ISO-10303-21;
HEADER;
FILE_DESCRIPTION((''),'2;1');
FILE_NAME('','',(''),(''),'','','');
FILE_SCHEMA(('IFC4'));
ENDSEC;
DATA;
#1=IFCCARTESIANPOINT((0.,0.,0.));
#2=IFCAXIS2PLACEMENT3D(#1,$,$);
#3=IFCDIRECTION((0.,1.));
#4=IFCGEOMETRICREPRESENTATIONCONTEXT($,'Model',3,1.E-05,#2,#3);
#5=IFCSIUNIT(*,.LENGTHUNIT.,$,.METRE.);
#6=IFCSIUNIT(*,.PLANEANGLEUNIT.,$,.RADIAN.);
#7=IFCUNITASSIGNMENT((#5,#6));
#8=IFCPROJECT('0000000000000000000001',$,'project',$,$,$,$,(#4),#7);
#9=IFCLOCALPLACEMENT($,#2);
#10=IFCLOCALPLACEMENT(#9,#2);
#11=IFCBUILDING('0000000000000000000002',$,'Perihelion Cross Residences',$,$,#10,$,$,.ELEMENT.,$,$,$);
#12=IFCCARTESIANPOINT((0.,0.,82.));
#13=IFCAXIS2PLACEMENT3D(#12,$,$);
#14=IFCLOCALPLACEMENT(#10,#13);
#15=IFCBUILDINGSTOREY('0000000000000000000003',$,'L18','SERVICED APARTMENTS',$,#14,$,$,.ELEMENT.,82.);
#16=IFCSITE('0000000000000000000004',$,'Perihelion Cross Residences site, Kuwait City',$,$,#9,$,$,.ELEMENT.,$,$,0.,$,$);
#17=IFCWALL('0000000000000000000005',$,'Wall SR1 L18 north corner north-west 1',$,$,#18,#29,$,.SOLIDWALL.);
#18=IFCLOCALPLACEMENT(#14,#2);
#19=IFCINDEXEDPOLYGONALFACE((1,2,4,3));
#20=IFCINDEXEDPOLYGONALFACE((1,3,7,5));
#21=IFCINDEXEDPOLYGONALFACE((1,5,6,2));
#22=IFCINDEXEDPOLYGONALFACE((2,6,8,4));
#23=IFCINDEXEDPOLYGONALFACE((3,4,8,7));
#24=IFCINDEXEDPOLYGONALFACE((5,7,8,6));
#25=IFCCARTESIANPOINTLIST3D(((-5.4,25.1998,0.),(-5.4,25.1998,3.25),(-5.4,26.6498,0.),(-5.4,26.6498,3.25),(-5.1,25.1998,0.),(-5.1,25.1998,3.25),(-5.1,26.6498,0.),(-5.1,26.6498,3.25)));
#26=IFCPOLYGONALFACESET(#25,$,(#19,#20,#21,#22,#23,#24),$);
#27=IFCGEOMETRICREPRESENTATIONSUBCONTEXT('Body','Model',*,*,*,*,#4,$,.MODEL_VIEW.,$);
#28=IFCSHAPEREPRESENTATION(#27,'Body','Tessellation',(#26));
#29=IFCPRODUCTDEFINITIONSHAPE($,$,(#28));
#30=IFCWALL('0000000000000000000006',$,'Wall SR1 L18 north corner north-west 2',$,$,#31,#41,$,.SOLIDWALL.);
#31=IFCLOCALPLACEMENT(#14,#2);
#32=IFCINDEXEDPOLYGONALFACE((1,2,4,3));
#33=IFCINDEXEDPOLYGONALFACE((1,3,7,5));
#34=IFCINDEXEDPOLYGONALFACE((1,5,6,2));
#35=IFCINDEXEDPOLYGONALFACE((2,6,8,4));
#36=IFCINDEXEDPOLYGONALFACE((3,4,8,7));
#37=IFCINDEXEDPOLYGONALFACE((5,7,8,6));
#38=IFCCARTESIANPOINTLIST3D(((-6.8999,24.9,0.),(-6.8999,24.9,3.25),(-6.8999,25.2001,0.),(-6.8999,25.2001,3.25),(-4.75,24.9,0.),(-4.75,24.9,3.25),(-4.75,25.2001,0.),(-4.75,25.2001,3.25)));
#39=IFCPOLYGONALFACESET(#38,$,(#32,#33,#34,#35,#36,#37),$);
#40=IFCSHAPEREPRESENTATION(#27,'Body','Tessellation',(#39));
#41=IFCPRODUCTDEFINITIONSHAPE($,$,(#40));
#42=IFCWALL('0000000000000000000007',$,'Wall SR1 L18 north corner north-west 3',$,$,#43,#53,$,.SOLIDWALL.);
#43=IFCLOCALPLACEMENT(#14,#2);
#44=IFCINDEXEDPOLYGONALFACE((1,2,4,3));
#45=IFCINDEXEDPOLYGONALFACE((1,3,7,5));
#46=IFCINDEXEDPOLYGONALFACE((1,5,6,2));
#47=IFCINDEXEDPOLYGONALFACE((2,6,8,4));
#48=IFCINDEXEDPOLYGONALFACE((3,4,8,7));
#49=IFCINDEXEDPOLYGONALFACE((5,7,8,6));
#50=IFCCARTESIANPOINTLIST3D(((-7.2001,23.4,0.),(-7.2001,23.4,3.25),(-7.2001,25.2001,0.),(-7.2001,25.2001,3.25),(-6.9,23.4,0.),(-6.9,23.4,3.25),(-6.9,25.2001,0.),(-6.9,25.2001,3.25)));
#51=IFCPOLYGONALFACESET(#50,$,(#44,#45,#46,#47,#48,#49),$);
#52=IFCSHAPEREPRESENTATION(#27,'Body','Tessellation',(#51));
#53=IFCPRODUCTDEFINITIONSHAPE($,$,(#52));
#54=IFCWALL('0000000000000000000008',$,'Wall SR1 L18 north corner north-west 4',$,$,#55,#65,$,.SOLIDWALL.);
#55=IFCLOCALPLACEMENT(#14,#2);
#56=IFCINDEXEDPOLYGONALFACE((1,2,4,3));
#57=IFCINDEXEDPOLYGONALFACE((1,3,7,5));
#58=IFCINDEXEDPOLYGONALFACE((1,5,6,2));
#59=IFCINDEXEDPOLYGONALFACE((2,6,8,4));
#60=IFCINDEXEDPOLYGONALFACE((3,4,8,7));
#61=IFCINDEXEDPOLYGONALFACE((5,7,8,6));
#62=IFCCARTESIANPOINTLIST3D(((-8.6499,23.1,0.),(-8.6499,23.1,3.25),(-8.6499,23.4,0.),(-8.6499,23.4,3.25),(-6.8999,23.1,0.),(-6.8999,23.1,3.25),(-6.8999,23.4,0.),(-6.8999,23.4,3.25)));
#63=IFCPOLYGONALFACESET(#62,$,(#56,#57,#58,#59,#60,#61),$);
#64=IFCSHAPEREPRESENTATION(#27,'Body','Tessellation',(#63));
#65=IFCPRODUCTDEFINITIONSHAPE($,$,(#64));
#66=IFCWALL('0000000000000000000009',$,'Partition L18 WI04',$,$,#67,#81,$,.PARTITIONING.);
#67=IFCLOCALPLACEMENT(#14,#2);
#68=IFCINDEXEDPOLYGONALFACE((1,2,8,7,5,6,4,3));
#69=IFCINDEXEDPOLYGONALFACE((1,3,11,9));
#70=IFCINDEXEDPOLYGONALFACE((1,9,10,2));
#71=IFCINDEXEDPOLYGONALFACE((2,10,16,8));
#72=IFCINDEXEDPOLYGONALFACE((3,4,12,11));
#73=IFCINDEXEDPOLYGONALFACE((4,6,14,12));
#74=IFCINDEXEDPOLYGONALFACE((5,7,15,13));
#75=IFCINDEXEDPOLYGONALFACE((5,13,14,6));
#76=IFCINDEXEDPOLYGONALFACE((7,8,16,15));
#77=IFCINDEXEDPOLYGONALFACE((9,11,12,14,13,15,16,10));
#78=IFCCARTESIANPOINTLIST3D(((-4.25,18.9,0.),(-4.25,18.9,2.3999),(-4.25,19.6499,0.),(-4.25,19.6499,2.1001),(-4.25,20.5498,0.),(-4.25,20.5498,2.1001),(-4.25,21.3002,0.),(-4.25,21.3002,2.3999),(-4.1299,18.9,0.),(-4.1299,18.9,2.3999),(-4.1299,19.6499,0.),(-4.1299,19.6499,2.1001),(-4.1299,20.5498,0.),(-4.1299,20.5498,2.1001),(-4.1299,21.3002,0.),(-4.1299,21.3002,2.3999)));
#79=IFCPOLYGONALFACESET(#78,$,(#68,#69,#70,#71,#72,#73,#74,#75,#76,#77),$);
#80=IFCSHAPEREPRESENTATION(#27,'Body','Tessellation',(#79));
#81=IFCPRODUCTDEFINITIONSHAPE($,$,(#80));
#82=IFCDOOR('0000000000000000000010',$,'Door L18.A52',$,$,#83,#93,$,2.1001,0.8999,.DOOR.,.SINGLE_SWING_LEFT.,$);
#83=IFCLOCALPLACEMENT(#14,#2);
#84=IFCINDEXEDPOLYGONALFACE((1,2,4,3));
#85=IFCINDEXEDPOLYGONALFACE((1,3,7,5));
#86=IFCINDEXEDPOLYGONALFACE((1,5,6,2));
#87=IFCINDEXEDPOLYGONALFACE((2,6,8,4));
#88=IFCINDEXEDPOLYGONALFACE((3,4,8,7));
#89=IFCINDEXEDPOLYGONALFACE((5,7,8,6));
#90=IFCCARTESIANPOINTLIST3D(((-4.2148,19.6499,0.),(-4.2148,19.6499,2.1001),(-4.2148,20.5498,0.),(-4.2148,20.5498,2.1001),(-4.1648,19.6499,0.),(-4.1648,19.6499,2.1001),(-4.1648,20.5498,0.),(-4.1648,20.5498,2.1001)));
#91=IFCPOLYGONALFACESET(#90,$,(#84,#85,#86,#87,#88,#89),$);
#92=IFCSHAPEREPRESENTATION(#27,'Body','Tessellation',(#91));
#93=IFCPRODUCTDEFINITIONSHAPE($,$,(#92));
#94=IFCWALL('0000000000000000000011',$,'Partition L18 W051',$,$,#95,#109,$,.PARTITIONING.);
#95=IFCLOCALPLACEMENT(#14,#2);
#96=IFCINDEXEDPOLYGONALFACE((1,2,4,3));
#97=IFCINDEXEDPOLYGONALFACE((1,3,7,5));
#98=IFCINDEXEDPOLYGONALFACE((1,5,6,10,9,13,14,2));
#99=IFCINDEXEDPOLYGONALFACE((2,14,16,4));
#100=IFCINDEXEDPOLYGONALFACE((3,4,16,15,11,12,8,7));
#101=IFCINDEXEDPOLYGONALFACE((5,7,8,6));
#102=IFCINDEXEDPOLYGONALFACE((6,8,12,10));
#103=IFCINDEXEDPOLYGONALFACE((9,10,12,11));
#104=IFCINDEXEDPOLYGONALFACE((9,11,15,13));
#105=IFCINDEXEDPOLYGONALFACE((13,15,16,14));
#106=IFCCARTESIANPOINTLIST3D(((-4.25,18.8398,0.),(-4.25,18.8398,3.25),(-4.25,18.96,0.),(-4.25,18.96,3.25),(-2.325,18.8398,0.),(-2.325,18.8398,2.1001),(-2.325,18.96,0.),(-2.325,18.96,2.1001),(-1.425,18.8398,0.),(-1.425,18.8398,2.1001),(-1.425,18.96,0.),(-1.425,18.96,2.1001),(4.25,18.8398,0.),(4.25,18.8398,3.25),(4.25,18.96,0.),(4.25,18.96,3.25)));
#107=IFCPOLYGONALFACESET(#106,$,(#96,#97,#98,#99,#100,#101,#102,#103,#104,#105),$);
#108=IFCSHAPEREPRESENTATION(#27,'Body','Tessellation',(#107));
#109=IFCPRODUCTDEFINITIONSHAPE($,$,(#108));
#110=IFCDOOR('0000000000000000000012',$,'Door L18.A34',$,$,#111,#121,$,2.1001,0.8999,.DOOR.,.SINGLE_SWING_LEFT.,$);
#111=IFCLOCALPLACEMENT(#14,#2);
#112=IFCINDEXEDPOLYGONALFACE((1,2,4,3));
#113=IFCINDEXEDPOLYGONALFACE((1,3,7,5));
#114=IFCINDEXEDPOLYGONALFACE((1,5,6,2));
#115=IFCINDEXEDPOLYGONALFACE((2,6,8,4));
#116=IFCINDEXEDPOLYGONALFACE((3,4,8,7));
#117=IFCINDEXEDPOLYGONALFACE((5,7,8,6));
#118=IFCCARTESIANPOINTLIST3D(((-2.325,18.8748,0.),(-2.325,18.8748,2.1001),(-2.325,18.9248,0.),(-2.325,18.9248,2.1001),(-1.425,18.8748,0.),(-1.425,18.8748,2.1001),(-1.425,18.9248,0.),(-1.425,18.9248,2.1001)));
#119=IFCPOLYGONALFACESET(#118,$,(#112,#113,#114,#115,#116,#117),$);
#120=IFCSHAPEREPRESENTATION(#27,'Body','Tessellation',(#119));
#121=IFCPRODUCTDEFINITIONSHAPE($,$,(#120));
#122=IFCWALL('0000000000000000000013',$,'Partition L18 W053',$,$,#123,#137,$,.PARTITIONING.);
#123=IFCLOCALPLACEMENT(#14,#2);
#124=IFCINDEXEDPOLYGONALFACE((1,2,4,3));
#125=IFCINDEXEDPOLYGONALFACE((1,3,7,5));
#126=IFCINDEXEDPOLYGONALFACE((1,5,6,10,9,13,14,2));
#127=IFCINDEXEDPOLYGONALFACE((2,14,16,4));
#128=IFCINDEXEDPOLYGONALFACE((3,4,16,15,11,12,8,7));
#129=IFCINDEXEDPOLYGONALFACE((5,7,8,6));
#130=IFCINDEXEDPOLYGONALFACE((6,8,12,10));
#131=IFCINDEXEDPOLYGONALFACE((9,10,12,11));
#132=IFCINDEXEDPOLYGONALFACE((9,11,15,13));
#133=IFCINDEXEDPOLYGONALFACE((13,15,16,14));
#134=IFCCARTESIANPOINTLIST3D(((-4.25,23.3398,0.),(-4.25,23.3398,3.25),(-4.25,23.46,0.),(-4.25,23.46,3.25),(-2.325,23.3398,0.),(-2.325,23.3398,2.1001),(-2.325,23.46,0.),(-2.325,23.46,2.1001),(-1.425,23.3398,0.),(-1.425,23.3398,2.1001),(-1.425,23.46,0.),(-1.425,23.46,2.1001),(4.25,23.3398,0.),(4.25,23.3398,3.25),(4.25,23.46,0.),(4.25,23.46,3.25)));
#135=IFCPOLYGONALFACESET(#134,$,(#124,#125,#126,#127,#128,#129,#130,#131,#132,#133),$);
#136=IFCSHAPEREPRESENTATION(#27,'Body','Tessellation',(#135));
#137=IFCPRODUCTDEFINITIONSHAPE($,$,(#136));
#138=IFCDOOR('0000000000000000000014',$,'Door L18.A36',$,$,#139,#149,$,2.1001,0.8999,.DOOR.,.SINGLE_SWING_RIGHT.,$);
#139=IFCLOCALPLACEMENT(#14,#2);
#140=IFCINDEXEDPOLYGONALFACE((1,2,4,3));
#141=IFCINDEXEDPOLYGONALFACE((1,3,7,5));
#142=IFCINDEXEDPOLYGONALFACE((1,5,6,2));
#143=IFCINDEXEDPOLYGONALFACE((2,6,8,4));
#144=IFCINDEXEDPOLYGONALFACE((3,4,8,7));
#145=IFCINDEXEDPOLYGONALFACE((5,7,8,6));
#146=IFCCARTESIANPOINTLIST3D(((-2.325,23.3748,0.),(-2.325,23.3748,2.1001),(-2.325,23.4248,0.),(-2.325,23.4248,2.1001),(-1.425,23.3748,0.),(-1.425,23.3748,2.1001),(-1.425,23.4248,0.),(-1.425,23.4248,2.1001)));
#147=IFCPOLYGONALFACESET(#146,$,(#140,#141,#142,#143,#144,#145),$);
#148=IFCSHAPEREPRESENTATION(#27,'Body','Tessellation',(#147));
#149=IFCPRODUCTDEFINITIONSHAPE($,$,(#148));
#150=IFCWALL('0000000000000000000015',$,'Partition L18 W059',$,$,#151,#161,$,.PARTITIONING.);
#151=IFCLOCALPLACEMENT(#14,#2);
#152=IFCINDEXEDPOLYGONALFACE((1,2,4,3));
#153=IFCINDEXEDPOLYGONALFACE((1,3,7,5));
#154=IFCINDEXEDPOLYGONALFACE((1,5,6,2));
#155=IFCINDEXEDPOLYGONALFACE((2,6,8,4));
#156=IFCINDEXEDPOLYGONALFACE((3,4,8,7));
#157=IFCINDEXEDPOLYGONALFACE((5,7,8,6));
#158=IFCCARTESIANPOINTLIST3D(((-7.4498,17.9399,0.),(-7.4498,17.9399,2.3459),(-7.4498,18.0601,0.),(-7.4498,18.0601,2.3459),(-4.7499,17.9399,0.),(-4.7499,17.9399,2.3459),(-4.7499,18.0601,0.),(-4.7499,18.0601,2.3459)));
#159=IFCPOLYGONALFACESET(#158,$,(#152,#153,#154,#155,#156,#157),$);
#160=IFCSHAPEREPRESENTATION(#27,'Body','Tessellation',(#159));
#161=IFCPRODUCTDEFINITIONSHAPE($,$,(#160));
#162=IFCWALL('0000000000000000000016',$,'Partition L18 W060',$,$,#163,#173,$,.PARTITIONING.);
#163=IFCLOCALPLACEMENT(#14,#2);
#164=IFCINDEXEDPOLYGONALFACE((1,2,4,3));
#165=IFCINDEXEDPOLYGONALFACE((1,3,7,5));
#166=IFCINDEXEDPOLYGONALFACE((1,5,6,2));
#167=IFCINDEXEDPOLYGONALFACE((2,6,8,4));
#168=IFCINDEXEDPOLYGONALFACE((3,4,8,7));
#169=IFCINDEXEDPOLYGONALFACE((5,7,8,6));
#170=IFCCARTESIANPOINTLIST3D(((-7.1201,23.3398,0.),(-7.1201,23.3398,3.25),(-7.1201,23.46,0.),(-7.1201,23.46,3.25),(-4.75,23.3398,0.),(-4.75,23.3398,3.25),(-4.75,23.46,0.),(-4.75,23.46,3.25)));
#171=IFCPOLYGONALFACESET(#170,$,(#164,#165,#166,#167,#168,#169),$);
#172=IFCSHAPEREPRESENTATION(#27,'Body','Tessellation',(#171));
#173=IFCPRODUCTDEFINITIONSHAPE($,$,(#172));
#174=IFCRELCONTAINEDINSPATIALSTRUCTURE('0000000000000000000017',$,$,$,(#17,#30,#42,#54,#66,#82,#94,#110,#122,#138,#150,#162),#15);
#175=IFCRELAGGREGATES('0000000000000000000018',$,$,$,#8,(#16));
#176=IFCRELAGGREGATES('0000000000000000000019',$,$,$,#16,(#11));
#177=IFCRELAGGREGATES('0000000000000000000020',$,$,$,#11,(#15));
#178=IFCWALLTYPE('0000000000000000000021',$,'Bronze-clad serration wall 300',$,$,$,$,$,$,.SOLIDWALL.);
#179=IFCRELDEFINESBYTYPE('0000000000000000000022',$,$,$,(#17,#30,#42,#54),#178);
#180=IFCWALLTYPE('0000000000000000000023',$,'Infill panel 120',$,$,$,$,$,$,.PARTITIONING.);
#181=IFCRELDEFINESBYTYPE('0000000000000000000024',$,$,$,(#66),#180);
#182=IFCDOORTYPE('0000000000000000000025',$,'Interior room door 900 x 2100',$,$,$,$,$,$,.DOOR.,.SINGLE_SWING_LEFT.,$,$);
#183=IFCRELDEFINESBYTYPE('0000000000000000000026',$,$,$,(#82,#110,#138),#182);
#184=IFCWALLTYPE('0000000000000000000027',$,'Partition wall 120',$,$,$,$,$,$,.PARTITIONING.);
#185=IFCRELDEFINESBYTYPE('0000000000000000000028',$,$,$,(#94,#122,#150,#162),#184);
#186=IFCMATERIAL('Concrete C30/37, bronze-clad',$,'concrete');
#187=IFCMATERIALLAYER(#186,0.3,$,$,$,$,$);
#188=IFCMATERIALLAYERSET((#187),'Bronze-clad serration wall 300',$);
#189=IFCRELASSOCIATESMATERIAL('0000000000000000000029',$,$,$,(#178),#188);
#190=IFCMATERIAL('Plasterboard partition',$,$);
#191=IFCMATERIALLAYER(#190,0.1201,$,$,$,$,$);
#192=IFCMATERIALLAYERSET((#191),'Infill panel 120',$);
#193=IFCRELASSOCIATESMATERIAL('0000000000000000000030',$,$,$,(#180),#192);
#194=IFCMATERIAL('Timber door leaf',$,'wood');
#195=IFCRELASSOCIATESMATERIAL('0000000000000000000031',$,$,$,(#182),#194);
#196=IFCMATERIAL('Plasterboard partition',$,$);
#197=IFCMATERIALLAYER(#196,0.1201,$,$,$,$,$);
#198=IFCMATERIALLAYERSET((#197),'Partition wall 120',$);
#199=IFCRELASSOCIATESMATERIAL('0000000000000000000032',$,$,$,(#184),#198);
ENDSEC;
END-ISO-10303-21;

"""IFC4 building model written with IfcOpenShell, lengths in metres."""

from ifc_helpers import new_model, si_unit, direction, frame, frame_2d, origin, place, context, subcontext, project, spatial, rectangle, extrude, material, layer, layer_set, type_object, element, fill, save


model = new_model("IFC4")

# Units and contexts
model_context = context("Model", 3, precision=1e-05, world=origin(), true_north=direction((0.0, 1.0)))
body_context = subcontext(model_context, "Body", "Model", "MODEL_VIEW")
ifc_project = project(units=[si_unit("LENGTHUNIT", "METRE"), si_unit("PLANEANGLEUNIT", "RADIAN")], contexts=[model_context])

# Site, building, storey
site_placement = place(None, origin())
site = spatial("IfcSite", under=ifc_project, at=site_placement, Name="Perihelion Cross Residences site, Kuwait City", CompositionType="ELEMENT", RefElevation=0.0)
building_placement = place(site_placement, origin())
building = spatial("IfcBuilding", under=site, at=building_placement, Name="Perihelion Cross Residences", CompositionType="ELEMENT")
storey_placement = place(building_placement, frame((0.0, 0.0, 82.0)))
storey = spatial("IfcBuildingStorey", under=building, at=storey_placement, Name="L18", Description="SERVICED APARTMENTS", CompositionType="ELEMENT", Elevation=82.0)

# Walls
ifc_material_1 = material(Name="Concrete C30/37, bronze-clad", Category="concrete")
ifc_layer_1 = layer(ifc_material_1, 0.3)
ifc_layer_set_1 = layer_set([ifc_layer_1], Name="Bronze-clad serration wall 300")
wall_type_1 = type_object("IfcWallType", Name="Bronze-clad serration wall 300", PredefinedType="SOLIDWALL", material=ifc_layer_set_1)
wall_1_placement = place(storey_placement, frame((-5.25, 26.6499, 0.0), z_axis=(0.0, 0.0, 1.0), x_axis=(0.0, -1.0, 0.0)))
element("IfcWall", 1, at=wall_1_placement, inside=storey, type_object=wall_type_1, Name="Wall SR1 L18 north corner north-west 1", PredefinedType="SOLIDWALL", context=body_context, shape_type="SweptSolid", body=[
    extrude(rectangle(XDim=1.45, YDim=0.3, at=frame_2d((0.7251, 0.0))), origin(), (0.0, 0.0, 1.0), 3.25),
])
wall_2_placement = place(storey_placement, frame((-4.75, 25.05, 0.0), z_axis=(0.0, 0.0, 1.0), x_axis=(-1.0, 0.0, 0.0)))
element("IfcWall", 2, at=wall_2_placement, inside=storey, type_object=wall_type_1, Name="Wall SR1 L18 north corner north-west 2", PredefinedType="SOLIDWALL", context=body_context, shape_type="SweptSolid", body=[
    extrude(rectangle(XDim=2.1499, YDim=0.3, at=frame_2d((1.075, 0.0))), origin(), (0.0, 0.0, 1.0), 3.25),
])
wall_3_placement = place(storey_placement, frame((-7.05, 25.2, 0.0), z_axis=(0.0, 0.0, 1.0), x_axis=(0.0, -1.0, 0.0)))
element("IfcWall", 3, at=wall_3_placement, inside=storey, type_object=wall_type_1, Name="Wall SR1 L18 north corner north-west 3", PredefinedType="SOLIDWALL", context=body_context, shape_type="SweptSolid", body=[
    extrude(rectangle(XDim=1.8, YDim=0.3, at=frame_2d((0.8999, 0.0))), origin(), (0.0, 0.0, 1.0), 3.25),
])
wall_4_placement = place(storey_placement, frame((-6.8999, 23.25, 0.0), z_axis=(0.0, 0.0, 1.0), x_axis=(-1.0, 0.0, 0.0)))
element("IfcWall", 4, at=wall_4_placement, inside=storey, type_object=wall_type_1, Name="Wall SR1 L18 north corner north-west 4", PredefinedType="SOLIDWALL", context=body_context, shape_type="SweptSolid", body=[
    extrude(rectangle(XDim=1.75, YDim=0.3, at=frame_2d((0.875, 0.0))), origin(), (0.0, 0.0, 1.0), 3.25),
])

# Walls, openings, doors
ifc_material_2 = material(Name="Plasterboard partition")
ifc_layer_2 = layer(ifc_material_2, 0.1201)
ifc_layer_set_2 = layer_set([ifc_layer_2], Name="Infill panel 120")
wall_type_2 = type_object("IfcWallType", Name="Infill panel 120", PredefinedType="PARTITIONING", material=ifc_layer_set_2)
wall_5_placement = place(storey_placement, frame((-4.1899, 18.8999, 0.0), z_axis=(0.0, 0.0, 1.0), x_axis=(0.0, 1.0, 0.0)))
wall_5 = element("IfcWall", 5, at=wall_5_placement, inside=storey, type_object=wall_type_2, Name="Partition L18 WI04", PredefinedType="PARTITIONING", context=body_context, shape_type="SweptSolid", body=[
    extrude(rectangle(XDim=2.4001, YDim=0.1201, at=frame_2d((1.2002, 0.0))), origin(), (0.0, 0.0, 1.0), 2.3999),
])
opening_1_placement = place(wall_5_placement, frame((0.75, 0.0, 0.0)))
opening_1 = element("IfcOpeningElement", 6, at=opening_1_placement, cuts=wall_5, PredefinedType="OPENING", context=body_context, shape_type="SweptSolid", body=[
    extrude(rectangle(XDim=0.8999, YDim=2.1001, at=frame_2d((0.45, 1.05))), frame((0.0, 0.0701, 0.0), z_axis=(0.0, -1.0, 0.0), x_axis=(1.0, 0.0, 0.0)), (0.0, 0.0, 1.0), 0.1401),
])
ifc_material_3 = material(Name="Timber door leaf", Category="wood")
door_type_1 = type_object("IfcDoorType", Name="Interior room door 900 x 2100", OperationType="SINGLE_SWING_LEFT", PredefinedType="DOOR", material=ifc_material_3)
door_1_placement = place(opening_1_placement, origin())
door_1 = element("IfcDoor", 7, at=door_1_placement, inside=storey, type_object=door_type_1, Name="Door L18.A52", OperationType="SINGLE_SWING_LEFT", OverallHeight=2.1001, OverallWidth=0.8999, PredefinedType="DOOR", context=body_context, shape_type="SweptSolid", body=[
    extrude(rectangle(XDim=0.8999, YDim=2.1001, at=frame_2d((0.45, 1.05))), frame((0.0, 0.0249, 0.0), z_axis=(0.0, -1.0, 0.0), x_axis=(1.0, 0.0, 0.0)), (0.0, 0.0, 1.0), 0.05),
])
fill(opening_1, door_1)
ifc_material_4 = material(Name="Plasterboard partition")
ifc_layer_3 = layer(ifc_material_4, 0.1201)
ifc_layer_set_3 = layer_set([ifc_layer_3], Name="Partition wall 120")
wall_type_3 = type_object("IfcWallType", Name="Partition wall 120", PredefinedType="PARTITIONING", material=ifc_layer_set_3)
wall_6_placement = place(storey_placement, frame((-4.25, 18.8999, 0.0), z_axis=(0.0, 0.0, 1.0), x_axis=(1.0, 0.0, 0.0)))
wall_6 = element("IfcWall", 8, at=wall_6_placement, inside=storey, type_object=wall_type_3, Name="Partition L18 W051", PredefinedType="PARTITIONING", context=body_context, shape_type="SweptSolid", body=[
    extrude(rectangle(XDim=8.5, YDim=0.1201, at=frame_2d((4.25, 0.0))), origin(), (0.0, 0.0, 1.0), 3.25),
])
opening_2_placement = place(wall_6_placement, frame((1.925, 0.0, 0.0)))
opening_2 = element("IfcOpeningElement", 9, at=opening_2_placement, cuts=wall_6, PredefinedType="OPENING", context=body_context, shape_type="SweptSolid", body=[
    extrude(rectangle(XDim=0.8999, YDim=2.1001, at=frame_2d((0.45, 1.05))), frame((0.0, 0.0701, 0.0), z_axis=(0.0, -1.0, 0.0), x_axis=(1.0, 0.0, 0.0)), (0.0, 0.0, 1.0), 0.1401),
])
door_2_placement = place(opening_2_placement, origin())
door_2 = element("IfcDoor", 10, at=door_2_placement, inside=storey, type_object=door_type_1, Name="Door L18.A34", OperationType="SINGLE_SWING_LEFT", OverallHeight=2.1001, OverallWidth=0.8999, PredefinedType="DOOR", context=body_context, shape_type="SweptSolid", body=[
    extrude(rectangle(XDim=0.8999, YDim=2.1001, at=frame_2d((0.45, 1.05))), frame((0.0, 0.0249, 0.0), z_axis=(0.0, -1.0, 0.0), x_axis=(1.0, 0.0, 0.0)), (0.0, 0.0, 1.0), 0.05),
])
fill(opening_2, door_2)
wall_7_placement = place(storey_placement, frame((-4.25, 23.3999, 0.0), z_axis=(0.0, 0.0, 1.0), x_axis=(1.0, 0.0, 0.0)))
wall_7 = element("IfcWall", 11, at=wall_7_placement, inside=storey, type_object=wall_type_3, Name="Partition L18 W053", PredefinedType="PARTITIONING", context=body_context, shape_type="SweptSolid", body=[
    extrude(rectangle(XDim=8.5, YDim=0.1201, at=frame_2d((4.25, 0.0))), origin(), (0.0, 0.0, 1.0), 3.25),
])
opening_3_placement = place(wall_7_placement, frame((1.925, 0.0, 0.0)))
opening_3 = element("IfcOpeningElement", 12, at=opening_3_placement, cuts=wall_7, PredefinedType="OPENING", context=body_context, shape_type="SweptSolid", body=[
    extrude(rectangle(XDim=0.8999, YDim=2.1001, at=frame_2d((0.45, 1.05))), frame((0.0, 0.0701, 0.0), z_axis=(0.0, -1.0, 0.0), x_axis=(1.0, 0.0, 0.0)), (0.0, 0.0, 1.0), 0.1401),
])
door_3_placement = place(opening_3_placement, origin())
door_3 = element("IfcDoor", 13, at=door_3_placement, inside=storey, type_object=door_type_1, Name="Door L18.A36", OperationType="SINGLE_SWING_RIGHT", OverallHeight=2.1001, OverallWidth=0.8999, PredefinedType="DOOR", context=body_context, shape_type="SweptSolid", body=[
    extrude(rectangle(XDim=0.8999, YDim=2.1001, at=frame_2d((0.45, 1.05))), frame((0.0, 0.0249, 0.0), z_axis=(0.0, -1.0, 0.0), x_axis=(1.0, 0.0, 0.0)), (0.0, 0.0, 1.0), 0.05),
])
fill(opening_3, door_3)

# Walls
wall_8_placement = place(storey_placement, frame((-7.45, 18.0, 0.0), z_axis=(0.0, 0.0, 1.0), x_axis=(1.0, 0.0, 0.0)))
element("IfcWall", 14, at=wall_8_placement, inside=storey, type_object=wall_type_3, Name="Partition L18 W059", PredefinedType="PARTITIONING", context=body_context, shape_type="SweptSolid", body=[
    extrude(rectangle(XDim=2.7, YDim=0.1201, at=frame_2d((1.3501, 0.0))), origin(), (0.0, 0.0, 1.0), 2.3459),
])
wall_9_placement = place(storey_placement, frame((-7.1201, 23.3999, 0.0), z_axis=(0.0, 0.0, 1.0), x_axis=(1.0, 0.0, 0.0)))
element("IfcWall", 15, at=wall_9_placement, inside=storey, type_object=wall_type_3, Name="Partition L18 W060", PredefinedType="PARTITIONING", context=body_context, shape_type="SweptSolid", body=[
    extrude(rectangle(XDim=2.3701, YDim=0.1201, at=frame_2d((1.1851, 0.0))), origin(), (0.0, 0.0, 1.0), 3.25),
])

save(model, "model.ifc")
